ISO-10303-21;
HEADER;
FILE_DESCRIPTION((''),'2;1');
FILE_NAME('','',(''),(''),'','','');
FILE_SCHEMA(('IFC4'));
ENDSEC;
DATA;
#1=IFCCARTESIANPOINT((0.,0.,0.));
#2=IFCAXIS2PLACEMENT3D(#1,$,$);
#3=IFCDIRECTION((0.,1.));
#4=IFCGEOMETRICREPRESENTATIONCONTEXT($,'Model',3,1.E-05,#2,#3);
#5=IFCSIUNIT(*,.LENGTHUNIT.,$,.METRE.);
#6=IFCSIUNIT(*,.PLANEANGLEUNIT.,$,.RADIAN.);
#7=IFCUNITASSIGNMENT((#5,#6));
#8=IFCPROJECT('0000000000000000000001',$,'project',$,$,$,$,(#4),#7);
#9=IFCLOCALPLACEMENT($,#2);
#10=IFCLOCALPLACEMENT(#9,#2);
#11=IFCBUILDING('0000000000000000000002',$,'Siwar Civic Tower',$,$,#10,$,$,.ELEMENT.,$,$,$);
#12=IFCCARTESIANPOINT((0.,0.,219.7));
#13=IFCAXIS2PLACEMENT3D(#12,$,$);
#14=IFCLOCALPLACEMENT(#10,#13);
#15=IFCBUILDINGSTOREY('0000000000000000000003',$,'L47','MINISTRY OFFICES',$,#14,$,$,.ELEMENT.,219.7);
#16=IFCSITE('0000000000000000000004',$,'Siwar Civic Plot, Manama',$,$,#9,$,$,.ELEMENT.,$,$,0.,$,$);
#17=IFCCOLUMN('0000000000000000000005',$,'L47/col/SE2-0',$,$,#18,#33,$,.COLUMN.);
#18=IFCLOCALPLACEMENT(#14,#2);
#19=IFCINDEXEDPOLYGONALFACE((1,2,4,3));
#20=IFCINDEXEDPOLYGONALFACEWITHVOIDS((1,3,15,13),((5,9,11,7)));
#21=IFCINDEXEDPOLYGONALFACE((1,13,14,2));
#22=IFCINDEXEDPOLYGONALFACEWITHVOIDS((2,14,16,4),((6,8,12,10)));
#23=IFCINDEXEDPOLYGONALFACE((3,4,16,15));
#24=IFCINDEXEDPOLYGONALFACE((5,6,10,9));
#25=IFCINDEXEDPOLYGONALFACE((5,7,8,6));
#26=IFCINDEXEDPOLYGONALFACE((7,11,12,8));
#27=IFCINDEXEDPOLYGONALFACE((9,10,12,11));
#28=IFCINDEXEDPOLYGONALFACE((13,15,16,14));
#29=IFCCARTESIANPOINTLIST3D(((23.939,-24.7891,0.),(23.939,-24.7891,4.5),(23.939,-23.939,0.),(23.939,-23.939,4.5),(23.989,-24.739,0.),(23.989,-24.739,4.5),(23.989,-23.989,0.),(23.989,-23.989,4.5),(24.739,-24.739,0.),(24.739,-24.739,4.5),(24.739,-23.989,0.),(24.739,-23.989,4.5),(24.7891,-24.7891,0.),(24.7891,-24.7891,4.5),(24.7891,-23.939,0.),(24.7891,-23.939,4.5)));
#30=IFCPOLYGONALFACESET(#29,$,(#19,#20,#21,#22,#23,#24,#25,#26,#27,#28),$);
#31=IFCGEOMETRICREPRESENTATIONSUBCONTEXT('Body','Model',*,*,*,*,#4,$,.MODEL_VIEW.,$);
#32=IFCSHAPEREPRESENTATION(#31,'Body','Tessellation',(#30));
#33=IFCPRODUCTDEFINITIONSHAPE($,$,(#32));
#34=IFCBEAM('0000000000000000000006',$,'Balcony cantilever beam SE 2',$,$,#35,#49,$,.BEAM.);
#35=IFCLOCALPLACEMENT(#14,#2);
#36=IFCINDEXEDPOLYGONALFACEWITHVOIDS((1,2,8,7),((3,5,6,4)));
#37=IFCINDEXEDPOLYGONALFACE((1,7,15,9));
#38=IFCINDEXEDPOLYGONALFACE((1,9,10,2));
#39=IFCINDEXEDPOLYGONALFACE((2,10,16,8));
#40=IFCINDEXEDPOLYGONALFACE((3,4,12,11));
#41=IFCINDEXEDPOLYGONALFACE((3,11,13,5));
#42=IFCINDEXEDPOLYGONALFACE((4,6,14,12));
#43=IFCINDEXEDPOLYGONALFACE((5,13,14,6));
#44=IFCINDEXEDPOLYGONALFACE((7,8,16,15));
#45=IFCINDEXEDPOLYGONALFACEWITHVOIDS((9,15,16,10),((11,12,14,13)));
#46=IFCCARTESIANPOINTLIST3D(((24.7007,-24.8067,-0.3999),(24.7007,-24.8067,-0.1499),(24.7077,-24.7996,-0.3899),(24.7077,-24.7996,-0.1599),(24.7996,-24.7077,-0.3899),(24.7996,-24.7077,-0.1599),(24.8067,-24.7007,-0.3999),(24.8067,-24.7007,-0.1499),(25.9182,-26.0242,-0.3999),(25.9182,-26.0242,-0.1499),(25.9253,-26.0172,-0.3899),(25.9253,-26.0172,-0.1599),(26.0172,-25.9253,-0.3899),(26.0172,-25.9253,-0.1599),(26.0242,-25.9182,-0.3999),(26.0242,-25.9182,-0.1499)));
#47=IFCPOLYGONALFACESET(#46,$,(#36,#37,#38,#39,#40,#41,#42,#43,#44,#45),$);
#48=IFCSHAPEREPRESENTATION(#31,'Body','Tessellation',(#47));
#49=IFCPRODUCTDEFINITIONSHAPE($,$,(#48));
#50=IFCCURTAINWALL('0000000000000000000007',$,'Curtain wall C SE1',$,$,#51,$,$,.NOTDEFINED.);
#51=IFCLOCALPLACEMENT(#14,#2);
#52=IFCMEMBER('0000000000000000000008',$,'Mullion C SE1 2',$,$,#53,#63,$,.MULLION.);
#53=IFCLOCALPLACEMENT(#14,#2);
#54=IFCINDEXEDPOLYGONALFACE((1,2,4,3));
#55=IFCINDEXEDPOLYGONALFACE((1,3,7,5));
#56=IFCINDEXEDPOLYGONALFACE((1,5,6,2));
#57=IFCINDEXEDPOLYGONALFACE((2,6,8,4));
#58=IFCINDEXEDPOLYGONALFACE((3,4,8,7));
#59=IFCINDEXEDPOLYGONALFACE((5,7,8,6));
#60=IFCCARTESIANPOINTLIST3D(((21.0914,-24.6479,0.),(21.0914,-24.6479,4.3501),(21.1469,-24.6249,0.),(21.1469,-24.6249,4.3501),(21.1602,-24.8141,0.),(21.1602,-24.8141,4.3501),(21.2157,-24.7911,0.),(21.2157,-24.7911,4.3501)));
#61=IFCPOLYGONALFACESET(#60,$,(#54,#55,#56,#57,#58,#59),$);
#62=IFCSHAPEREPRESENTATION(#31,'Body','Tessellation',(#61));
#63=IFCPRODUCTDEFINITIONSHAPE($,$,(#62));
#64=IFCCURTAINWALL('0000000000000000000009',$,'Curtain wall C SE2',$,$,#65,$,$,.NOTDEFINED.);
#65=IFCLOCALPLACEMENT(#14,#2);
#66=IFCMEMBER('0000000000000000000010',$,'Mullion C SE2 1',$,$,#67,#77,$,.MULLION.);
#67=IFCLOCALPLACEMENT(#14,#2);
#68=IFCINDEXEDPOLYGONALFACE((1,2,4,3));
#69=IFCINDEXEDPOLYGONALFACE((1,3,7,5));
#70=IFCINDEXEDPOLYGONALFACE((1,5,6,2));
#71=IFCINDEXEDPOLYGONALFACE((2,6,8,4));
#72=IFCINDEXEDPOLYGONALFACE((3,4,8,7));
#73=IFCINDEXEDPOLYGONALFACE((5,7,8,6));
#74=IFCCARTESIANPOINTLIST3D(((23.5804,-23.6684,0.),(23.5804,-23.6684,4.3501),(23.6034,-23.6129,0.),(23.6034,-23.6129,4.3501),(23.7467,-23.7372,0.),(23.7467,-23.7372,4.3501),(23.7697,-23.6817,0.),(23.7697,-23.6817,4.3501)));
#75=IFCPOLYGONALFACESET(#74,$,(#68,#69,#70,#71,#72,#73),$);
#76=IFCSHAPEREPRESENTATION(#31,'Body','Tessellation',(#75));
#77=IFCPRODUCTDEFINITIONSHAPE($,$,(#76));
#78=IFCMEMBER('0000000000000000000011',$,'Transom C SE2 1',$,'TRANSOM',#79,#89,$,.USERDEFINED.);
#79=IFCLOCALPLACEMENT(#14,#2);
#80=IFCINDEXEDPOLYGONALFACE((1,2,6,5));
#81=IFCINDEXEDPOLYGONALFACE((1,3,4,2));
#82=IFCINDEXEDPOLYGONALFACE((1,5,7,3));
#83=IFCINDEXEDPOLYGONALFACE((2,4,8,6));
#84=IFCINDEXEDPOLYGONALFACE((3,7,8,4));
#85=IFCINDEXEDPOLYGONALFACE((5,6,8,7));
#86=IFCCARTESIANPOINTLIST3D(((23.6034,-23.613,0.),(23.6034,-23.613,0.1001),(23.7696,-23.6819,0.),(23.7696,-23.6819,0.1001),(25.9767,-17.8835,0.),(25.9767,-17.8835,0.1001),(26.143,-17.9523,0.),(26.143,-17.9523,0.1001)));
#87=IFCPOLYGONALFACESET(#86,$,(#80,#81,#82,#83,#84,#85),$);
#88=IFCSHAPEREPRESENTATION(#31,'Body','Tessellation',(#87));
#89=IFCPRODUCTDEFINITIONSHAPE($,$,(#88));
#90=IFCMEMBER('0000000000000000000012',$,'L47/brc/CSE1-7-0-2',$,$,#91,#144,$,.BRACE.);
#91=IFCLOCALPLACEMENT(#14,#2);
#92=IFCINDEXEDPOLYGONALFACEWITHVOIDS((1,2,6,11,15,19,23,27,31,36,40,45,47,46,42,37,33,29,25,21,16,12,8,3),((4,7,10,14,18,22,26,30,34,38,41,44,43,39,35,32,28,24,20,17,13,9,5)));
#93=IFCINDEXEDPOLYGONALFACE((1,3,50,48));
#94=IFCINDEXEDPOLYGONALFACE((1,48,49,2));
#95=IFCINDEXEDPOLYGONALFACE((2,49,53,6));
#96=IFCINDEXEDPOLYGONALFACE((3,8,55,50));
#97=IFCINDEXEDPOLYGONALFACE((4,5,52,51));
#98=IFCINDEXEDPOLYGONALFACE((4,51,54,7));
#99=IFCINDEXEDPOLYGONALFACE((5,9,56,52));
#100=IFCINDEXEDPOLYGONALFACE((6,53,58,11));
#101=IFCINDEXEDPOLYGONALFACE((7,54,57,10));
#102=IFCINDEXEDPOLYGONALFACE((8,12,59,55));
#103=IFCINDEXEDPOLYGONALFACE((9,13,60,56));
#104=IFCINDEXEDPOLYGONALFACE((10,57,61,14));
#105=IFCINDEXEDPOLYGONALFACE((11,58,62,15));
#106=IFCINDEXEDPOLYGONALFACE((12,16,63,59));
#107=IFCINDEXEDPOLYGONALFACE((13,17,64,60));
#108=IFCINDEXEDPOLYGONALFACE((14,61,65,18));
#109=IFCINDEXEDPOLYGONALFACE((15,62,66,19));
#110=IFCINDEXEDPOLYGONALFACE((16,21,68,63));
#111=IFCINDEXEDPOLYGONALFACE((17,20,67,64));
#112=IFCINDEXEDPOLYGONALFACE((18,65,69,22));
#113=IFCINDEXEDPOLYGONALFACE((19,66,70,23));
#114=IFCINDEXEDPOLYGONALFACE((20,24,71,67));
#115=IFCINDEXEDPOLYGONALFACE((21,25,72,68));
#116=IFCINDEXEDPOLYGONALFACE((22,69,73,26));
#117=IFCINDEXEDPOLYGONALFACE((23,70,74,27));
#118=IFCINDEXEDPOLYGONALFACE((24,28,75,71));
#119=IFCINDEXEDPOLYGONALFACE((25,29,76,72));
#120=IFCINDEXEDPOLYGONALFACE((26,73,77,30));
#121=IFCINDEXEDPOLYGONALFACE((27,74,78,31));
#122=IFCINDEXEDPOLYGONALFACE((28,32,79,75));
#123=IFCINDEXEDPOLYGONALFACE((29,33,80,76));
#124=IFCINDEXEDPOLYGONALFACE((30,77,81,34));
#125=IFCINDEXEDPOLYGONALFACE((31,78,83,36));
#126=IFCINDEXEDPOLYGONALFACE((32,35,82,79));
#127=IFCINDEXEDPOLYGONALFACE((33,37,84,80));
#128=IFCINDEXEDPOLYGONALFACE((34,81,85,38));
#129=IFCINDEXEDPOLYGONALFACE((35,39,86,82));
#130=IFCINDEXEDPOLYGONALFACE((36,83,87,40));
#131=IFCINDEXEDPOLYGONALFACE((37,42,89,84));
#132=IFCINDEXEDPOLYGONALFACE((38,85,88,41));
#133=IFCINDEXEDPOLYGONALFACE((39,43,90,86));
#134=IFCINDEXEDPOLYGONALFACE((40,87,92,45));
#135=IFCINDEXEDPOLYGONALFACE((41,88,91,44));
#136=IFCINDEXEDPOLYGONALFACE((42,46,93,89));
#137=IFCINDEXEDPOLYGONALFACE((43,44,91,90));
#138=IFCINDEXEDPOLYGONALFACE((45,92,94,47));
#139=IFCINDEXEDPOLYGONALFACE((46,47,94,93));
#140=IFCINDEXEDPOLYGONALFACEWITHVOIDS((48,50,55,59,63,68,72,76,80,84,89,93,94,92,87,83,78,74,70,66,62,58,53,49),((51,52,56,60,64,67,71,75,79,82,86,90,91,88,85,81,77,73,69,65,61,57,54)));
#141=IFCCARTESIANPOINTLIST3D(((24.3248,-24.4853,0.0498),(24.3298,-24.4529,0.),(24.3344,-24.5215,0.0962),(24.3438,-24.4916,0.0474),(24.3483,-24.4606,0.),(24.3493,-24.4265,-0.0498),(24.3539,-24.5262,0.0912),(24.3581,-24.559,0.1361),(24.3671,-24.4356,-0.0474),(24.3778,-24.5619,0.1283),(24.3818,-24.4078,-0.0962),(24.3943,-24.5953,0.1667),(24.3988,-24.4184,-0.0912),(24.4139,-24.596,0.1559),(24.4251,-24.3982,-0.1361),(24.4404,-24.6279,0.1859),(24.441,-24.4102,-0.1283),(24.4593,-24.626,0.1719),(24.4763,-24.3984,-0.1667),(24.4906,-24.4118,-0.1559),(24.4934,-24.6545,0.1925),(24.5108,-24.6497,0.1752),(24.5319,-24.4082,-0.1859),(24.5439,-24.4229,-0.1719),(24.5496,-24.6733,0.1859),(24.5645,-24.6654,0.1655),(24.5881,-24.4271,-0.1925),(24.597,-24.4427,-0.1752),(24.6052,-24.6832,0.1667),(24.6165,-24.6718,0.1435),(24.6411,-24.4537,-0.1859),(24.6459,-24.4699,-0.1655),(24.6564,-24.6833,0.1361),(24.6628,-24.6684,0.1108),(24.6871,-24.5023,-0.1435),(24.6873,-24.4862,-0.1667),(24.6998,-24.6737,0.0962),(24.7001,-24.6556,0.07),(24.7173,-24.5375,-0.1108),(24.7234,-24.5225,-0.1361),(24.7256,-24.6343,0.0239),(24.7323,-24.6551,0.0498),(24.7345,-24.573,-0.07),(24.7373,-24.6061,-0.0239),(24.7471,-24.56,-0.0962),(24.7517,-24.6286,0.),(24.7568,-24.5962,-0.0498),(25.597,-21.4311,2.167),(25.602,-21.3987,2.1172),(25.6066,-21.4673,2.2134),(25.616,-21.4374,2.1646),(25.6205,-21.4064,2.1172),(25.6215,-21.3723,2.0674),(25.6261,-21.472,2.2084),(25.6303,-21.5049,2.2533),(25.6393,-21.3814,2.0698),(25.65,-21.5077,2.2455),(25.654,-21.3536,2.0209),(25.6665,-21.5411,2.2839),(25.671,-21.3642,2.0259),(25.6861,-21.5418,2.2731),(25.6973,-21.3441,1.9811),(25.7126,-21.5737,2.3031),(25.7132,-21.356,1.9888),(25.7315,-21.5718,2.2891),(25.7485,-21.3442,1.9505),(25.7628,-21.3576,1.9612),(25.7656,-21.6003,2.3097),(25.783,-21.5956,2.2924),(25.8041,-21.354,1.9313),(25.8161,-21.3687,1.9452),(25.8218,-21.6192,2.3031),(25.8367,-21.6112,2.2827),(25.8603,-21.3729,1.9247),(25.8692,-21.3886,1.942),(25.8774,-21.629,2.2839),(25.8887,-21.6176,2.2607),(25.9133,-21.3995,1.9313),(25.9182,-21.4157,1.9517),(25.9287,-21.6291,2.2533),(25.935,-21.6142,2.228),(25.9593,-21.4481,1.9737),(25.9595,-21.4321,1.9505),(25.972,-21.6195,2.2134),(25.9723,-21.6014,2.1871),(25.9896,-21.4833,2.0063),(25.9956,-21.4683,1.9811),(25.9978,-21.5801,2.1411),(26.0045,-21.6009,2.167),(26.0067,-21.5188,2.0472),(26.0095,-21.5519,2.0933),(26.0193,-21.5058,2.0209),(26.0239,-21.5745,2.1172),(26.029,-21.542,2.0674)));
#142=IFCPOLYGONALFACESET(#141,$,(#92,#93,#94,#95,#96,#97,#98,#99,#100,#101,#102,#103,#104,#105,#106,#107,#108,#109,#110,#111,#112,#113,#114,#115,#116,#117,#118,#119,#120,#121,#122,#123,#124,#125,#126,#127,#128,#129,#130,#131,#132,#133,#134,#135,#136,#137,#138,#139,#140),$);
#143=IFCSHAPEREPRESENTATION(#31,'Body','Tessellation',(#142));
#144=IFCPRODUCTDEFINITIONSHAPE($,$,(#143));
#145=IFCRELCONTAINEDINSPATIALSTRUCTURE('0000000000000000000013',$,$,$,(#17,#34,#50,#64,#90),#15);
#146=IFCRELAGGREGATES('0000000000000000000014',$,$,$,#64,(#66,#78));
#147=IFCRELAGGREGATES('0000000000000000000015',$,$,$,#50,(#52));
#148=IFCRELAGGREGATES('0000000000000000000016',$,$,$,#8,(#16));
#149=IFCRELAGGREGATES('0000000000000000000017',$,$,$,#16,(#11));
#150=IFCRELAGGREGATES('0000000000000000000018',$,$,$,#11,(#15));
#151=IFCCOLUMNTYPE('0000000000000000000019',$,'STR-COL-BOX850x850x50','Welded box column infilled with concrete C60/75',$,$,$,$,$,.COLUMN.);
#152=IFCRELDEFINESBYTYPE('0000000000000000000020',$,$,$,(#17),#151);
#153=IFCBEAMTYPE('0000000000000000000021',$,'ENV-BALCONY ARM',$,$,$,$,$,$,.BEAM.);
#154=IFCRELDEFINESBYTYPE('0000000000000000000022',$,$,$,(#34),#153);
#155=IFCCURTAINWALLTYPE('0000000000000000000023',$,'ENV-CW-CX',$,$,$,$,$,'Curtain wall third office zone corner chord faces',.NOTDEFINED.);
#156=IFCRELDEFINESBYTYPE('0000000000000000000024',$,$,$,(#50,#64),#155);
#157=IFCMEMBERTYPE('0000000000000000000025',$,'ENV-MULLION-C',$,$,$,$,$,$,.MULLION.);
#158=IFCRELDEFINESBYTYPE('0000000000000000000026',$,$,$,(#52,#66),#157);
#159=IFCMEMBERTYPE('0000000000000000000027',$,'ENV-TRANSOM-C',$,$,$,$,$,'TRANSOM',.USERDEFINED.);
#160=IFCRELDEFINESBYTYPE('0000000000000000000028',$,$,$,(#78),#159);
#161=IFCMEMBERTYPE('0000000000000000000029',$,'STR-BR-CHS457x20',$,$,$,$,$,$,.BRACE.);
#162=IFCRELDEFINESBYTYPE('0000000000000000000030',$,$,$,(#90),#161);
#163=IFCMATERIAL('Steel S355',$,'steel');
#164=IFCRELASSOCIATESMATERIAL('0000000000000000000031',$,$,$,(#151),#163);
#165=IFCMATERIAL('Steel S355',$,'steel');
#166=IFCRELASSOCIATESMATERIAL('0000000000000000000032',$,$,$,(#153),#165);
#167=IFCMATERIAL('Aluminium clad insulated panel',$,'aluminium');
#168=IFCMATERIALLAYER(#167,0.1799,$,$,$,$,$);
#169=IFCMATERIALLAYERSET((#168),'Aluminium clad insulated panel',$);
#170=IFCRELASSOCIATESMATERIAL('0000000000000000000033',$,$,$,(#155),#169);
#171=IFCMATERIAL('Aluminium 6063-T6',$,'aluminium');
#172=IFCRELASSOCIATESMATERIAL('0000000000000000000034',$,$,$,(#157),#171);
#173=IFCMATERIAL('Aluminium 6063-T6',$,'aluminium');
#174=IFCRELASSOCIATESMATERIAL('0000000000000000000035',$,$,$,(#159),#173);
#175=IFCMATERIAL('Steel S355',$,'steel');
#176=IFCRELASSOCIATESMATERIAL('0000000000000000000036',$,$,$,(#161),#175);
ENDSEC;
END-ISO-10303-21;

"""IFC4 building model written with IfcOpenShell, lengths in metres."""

from ifc_helpers import new_model, si_unit, direction, frame, origin, origin_2d, place, context, subcontext, project, spatial, rectangle, hollow_rectangle, hollow_circle, extrude, material, layer, layer_set, material_profile, profile_set, type_object, element, aggregate, save


model = new_model("IFC4")

# Units and contexts
model_context = context("Model", 3, precision=1e-05, world=origin(), true_north=direction((0.0, 1.0)))
body_context = subcontext(model_context, "Body", "Model", "MODEL_VIEW")
ifc_project = project(units=[si_unit("LENGTHUNIT", "METRE"), si_unit("PLANEANGLEUNIT", "RADIAN")], contexts=[model_context])

# Site, building, storey
site_placement = place(None, origin())
site = spatial("IfcSite", under=ifc_project, at=site_placement, Name="Siwar Civic Plot, Manama", CompositionType="ELEMENT", RefElevation=0.0)
building_placement = place(site_placement, origin())
building = spatial("IfcBuilding", under=site, at=building_placement, Name="Siwar Civic Tower", CompositionType="ELEMENT")
storey_placement = place(building_placement, frame((0.0, 0.0, 219.7)))
storey = spatial("IfcBuildingStorey", under=building, at=storey_placement, Name="L47", Description="MINISTRY OFFICES", CompositionType="ELEMENT", Elevation=219.7)

# Column
ifc_material_1 = material(Name="Steel S355", Category="steel")
ifc_material_profile_1 = material_profile(ifc_material_1, hollow_rectangle(XDim=0.8501, YDim=0.8501, WallThickness=0.05, at=origin_2d()), Name="BOX850x850x50")
ifc_profile_set_1 = profile_set([ifc_material_profile_1], Name="Steel S355")
column_type = type_object("IfcColumnType", Name="STR-COL-BOX850x850x50", Description="Welded box column infilled with concrete C60/75", PredefinedType="COLUMN", material=ifc_profile_set_1)
column_placement = place(storey_placement, frame((24.364, -24.364, 0.0), z_axis=(0.0, 0.0, 1.0), x_axis=(1.0, 0.0, 0.0)))
element("IfcColumn", 1, at=column_placement, inside=storey, type_object=column_type, Name="L47/col/SE2-0", PredefinedType="COLUMN", context=body_context, shape_type="SweptSolid", body=[
    extrude(hollow_rectangle(XDim=0.8501, YDim=0.8501, WallThickness=0.05, at=origin_2d()), origin(), (0.0, 0.0, 1.0), 4.5),
])

# Beam
ifc_material_2 = material(Name="Steel S355", Category="steel")
ifc_material_profile_2 = material_profile(ifc_material_2, hollow_rectangle(XDim=0.1499, YDim=0.25, WallThickness=0.01, at=origin_2d()), Name="RHS250x150x10")
ifc_profile_set_2 = profile_set([ifc_material_profile_2], Name="Steel S355")
beam_type_1 = type_object("IfcBeamType", Name="ENV-BALCONY ARM", PredefinedType="BEAM", material=ifc_profile_set_2)
beam_1_placement = place(storey_placement, frame((24.7537, -24.7537, -0.2749), z_axis=(0.707107, -0.707107, 0.0), x_axis=(0.707107, 0.707107, 0.0)))
element("IfcBeam", 2, at=beam_1_placement, inside=storey, type_object=beam_type_1, Name="Balcony cantilever beam SE 2", PredefinedType="BEAM", context=body_context, shape_type="SweptSolid", body=[
    extrude(hollow_rectangle(XDim=0.1499, YDim=0.25, WallThickness=0.01, at=origin_2d()), origin(), (0.0, 0.0, 1.0), 1.7219),
])

# Curtain wall, member
ifc_material_3 = material(Name="Aluminium clad insulated panel", Category="aluminium")
ifc_layer_1 = layer(ifc_material_3, 0.1799)
ifc_layer_set_1 = layer_set([ifc_layer_1], Name="Aluminium clad insulated panel")
curtain_wall_type = type_object("IfcCurtainWallType", Name="ENV-CW-CX", ElementType="Curtain wall third office zone corner chord faces", PredefinedType="NOTDEFINED", material=ifc_layer_set_1)
curtain_wall_1_placement = place(storey_placement, origin())
curtain_wall_1 = element("IfcCurtainWall", 3, at=curtain_wall_1_placement, inside=storey, type_object=curtain_wall_type, Name="Curtain wall C SE1", PredefinedType="NOTDEFINED")
ifc_material_4 = material(Name="Aluminium 6063-T6", Category="aluminium")
ifc_material_profile_3 = material_profile(ifc_material_4, rectangle(XDim=0.1799, YDim=0.0601, at=origin_2d()), Name="AL 180x60")
ifc_profile_set_3 = profile_set([ifc_material_profile_3], Name="Aluminium 6063-T6")
member_type_1 = type_object("IfcMemberType", Name="ENV-MULLION-C", PredefinedType="MULLION", material=ifc_profile_set_3)
member_1_placement = place(storey_placement, frame((21.1536, -24.7195, 0.0), z_axis=(0.0, 0.0, 1.0), x_axis=(-0.382683, 0.92388, 0.0)))
member_1 = element("IfcMember", 4, at=member_1_placement, type_object=member_type_1, Name="Mullion C SE1 2", PredefinedType="MULLION", context=body_context, shape_type="SweptSolid", body=[
    extrude(rectangle(XDim=0.1799, YDim=0.0601, at=origin_2d()), origin(), (0.0, 0.0, 1.0), 4.3501),
])

# Curtain wall, members
curtain_wall_2_placement = place(storey_placement, origin())
curtain_wall_2 = element("IfcCurtainWall", 5, at=curtain_wall_2_placement, inside=storey, type_object=curtain_wall_type, Name="Curtain wall C SE2", PredefinedType="NOTDEFINED")
member_2_placement = place(storey_placement, frame((23.675, -23.675, 0.0), z_axis=(0.0, 0.0, 1.0), x_axis=(-0.92388, 0.382683, 0.0)))
member_2 = element("IfcMember", 6, at=member_2_placement, type_object=member_type_1, Name="Mullion C SE2 1", PredefinedType="MULLION", context=body_context, shape_type="SweptSolid", body=[
    extrude(rectangle(XDim=0.1799, YDim=0.0601, at=origin_2d()), origin(), (0.0, 0.0, 1.0), 4.3501),
])
ifc_material_5 = material(Name="Aluminium 6063-T6", Category="aluminium")
ifc_material_profile_4 = material_profile(ifc_material_5, rectangle(XDim=0.1799, YDim=0.1001, at=origin_2d()), Name="AL 180x100")
ifc_profile_set_4 = profile_set([ifc_material_profile_4], Name="Aluminium 6063-T6")
member_type_2 = type_object("IfcMemberType", Name="ENV-TRANSOM-C", ElementType="TRANSOM", PredefinedType="USERDEFINED", material=ifc_profile_set_4)
member_3_placement = place(storey_placement, frame((23.6865, -23.6475, 0.05), z_axis=(0.382691, 0.923876, 0.0), x_axis=(-0.923876, 0.382691, 0.0)))
member_3 = element("IfcMember", 7, at=member_3_placement, type_object=member_type_2, Name="Transom C SE2 1", ObjectType="TRANSOM", PredefinedType="USERDEFINED", context=body_context, shape_type="SweptSolid", body=[
    extrude(rectangle(XDim=0.1799, YDim=0.1001, at=origin_2d()), origin(), (0.0, 0.0, 1.0), 6.2017),
])
aggregate(curtain_wall_2, [member_2, member_3])

# Member
ifc_material_6 = material(Name="Steel S355", Category="steel")
ifc_material_profile_5 = material_profile(ifc_material_6, hollow_circle(Radius=0.2285, WallThickness=0.02, at=origin_2d()), Name="CHS457x20")
ifc_profile_set_5 = profile_set([ifc_material_profile_5], Name="Steel S355")
member_type_3 = type_object("IfcMemberType", Name="STR-BR-CHS457x20", PredefinedType="BRACE", material=ifc_profile_set_5)
for number, where, z_axis, x_axis, name in (
    (8, (24.5408, -24.5408, 0.0), (0.323884, 0.777546, 0.538999), (-0.923116, 0.384521, 0.0), "L47/brc/CSE1-7-0-2"),
):
    element("IfcMember", number, at=place(storey_placement, frame(where, z_axis=z_axis, x_axis=x_axis)), inside=storey, type_object=member_type_3, Name=name, PredefinedType="BRACE", context=body_context, shape_type="SweptSolid", body=[
        extrude(hollow_circle(Radius=0.2285, WallThickness=0.02, at=origin_2d()), origin(), (0.0, 0.0, 1.0), 3.928),
    ])

aggregate(curtain_wall_1, [member_1])

save(model, "model.ifc")
